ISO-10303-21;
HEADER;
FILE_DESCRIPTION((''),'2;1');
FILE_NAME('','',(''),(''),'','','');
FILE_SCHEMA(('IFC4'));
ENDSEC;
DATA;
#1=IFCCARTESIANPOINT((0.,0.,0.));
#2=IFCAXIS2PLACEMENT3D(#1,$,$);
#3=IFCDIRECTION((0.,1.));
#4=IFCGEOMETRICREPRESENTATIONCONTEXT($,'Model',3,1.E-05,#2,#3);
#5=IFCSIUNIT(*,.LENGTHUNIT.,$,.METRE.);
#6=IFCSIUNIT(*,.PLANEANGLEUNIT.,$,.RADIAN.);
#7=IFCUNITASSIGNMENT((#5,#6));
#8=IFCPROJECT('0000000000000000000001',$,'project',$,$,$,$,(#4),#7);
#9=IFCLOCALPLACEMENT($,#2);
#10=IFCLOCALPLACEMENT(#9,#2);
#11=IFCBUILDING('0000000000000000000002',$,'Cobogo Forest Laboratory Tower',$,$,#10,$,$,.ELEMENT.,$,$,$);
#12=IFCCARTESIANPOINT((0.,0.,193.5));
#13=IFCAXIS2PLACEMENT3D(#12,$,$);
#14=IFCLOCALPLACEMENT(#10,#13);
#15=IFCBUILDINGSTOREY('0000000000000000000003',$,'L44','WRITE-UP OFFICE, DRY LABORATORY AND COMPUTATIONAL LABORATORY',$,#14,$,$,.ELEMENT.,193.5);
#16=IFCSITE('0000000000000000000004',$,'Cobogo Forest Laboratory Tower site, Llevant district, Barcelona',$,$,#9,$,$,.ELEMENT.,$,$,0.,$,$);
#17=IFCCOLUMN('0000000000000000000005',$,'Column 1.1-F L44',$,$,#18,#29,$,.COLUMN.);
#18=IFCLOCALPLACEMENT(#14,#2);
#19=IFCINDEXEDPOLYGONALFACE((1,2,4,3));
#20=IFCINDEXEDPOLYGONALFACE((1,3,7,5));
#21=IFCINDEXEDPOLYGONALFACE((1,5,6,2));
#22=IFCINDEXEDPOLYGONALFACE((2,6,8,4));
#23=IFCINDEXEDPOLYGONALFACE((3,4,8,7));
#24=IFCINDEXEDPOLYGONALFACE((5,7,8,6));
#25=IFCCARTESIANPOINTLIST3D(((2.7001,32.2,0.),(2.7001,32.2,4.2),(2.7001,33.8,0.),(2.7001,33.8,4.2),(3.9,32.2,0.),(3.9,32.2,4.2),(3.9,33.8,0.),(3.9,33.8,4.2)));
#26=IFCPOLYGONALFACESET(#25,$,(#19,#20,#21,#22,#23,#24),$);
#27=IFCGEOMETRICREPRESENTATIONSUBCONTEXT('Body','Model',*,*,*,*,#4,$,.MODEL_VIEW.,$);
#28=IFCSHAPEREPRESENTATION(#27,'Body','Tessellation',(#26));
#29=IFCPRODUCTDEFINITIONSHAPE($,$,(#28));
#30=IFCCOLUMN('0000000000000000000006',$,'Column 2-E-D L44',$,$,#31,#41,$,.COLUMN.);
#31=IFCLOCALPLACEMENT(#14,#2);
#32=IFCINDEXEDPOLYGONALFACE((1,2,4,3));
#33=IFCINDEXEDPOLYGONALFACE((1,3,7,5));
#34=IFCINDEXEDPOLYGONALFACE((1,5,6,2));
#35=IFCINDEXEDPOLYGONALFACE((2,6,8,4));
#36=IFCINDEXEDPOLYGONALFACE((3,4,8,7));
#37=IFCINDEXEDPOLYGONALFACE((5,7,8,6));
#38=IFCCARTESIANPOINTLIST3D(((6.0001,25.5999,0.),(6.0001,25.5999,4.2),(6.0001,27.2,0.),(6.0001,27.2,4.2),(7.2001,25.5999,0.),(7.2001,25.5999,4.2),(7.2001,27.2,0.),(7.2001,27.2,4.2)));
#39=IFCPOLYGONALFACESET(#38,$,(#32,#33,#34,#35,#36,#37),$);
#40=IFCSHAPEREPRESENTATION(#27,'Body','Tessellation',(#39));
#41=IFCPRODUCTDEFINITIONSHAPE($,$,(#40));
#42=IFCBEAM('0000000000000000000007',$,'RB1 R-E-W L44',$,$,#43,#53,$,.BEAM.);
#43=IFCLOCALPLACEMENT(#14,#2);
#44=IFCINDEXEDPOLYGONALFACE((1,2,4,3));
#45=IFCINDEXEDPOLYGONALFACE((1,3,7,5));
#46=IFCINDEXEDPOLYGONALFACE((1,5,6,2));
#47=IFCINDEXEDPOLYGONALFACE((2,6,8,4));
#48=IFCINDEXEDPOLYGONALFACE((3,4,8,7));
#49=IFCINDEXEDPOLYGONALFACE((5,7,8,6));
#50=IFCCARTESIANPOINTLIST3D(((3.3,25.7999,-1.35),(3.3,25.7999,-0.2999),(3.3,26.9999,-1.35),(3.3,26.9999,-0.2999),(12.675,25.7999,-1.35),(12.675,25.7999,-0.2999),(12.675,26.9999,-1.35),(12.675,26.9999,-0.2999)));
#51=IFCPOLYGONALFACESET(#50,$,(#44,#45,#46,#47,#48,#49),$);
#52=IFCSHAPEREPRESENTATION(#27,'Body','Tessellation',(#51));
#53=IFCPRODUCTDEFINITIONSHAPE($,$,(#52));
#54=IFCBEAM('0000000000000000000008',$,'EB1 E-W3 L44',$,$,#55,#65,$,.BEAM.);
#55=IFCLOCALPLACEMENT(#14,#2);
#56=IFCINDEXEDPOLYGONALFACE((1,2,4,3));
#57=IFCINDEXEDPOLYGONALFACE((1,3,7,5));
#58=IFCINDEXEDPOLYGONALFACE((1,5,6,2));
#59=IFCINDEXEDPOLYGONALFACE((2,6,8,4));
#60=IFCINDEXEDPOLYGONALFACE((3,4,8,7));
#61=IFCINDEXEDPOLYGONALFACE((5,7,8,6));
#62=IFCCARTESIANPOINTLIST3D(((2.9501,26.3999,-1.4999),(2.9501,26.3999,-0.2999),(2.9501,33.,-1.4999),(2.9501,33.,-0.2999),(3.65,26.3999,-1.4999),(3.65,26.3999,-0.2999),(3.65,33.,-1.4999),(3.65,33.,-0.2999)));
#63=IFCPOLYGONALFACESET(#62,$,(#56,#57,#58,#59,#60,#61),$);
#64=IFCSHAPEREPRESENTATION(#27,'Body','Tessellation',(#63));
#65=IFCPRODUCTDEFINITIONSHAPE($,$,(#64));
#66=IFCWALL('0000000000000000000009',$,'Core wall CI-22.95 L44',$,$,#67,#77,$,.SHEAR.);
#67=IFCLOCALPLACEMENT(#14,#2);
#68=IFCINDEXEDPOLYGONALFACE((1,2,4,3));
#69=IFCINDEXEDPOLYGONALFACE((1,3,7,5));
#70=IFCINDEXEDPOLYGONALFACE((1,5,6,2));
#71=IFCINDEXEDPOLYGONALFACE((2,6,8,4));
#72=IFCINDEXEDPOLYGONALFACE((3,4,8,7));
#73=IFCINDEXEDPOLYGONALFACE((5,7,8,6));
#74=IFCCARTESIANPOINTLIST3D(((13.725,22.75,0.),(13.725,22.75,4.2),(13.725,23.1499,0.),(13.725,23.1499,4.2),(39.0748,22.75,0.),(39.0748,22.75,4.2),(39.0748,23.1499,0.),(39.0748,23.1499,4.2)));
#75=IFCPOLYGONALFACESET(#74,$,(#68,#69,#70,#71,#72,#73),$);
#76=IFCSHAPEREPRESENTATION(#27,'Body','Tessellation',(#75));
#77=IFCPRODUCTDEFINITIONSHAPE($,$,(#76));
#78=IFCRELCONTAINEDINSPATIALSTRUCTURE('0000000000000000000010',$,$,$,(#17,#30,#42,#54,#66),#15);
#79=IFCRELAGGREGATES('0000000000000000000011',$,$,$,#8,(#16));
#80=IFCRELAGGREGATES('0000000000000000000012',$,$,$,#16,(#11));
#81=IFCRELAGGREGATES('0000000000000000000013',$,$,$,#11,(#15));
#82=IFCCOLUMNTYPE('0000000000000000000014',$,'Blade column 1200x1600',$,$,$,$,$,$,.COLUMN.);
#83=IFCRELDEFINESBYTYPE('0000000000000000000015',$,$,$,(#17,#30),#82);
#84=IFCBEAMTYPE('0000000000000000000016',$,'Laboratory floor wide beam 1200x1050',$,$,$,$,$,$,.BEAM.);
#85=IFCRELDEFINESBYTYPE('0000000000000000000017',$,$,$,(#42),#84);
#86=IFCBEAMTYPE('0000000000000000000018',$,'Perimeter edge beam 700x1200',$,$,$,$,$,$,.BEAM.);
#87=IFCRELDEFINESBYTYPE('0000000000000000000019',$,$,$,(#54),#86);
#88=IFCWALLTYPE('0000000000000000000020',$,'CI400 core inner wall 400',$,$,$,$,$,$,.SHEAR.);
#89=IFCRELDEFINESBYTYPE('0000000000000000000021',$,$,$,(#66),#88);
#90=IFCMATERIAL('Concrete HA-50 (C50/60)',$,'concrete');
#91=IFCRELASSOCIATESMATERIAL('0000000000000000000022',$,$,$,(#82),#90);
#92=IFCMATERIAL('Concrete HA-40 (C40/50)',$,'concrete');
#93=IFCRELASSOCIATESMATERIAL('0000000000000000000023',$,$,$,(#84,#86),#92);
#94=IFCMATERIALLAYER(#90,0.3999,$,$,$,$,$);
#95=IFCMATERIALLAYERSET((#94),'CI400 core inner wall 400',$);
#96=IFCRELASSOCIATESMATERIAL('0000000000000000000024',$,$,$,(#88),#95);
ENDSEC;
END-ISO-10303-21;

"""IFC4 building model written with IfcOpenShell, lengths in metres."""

from ifc_helpers import new_model, si_unit, direction, frame, frame_2d, origin, origin_2d, place, context, subcontext, project, spatial, rectangle, extrude, material, layer, layer_set, material_profile, profile_set, type_object, element, save


model = new_model("IFC4")

# Units and contexts
model_context = context("Model", 3, precision=1e-05, world=origin(), true_north=direction((0.0, 1.0)))
body_context = subcontext(model_context, "Body", "Model", "MODEL_VIEW")
ifc_project = project(units=[si_unit("LENGTHUNIT", "METRE"), si_unit("PLANEANGLEUNIT", "RADIAN")], contexts=[model_context])

# Site, building, storey
site_placement = place(None, origin())
site = spatial("IfcSite", under=ifc_project, at=site_placement, Name="Cobogo Forest Laboratory Tower site, Llevant district, Barcelona", CompositionType="ELEMENT", RefElevation=0.0)
building_placement = place(site_placement, origin())
building = spatial("IfcBuilding", under=site, at=building_placement, Name="Cobogo Forest Laboratory Tower", CompositionType="ELEMENT")
storey_placement = place(building_placement, frame((0.0, 0.0, 193.5)))
storey = spatial("IfcBuildingStorey", under=building, at=storey_placement, Name="L44", Description="WRITE-UP OFFICE, DRY LABORATORY AND COMPUTATIONAL LABORATORY", CompositionType="ELEMENT", Elevation=193.5)

# Columns
ifc_material_1 = material(Name="Concrete HA-50 (C50/60)", Category="concrete")
ifc_material_profile_1 = material_profile(ifc_material_1, rectangle(XDim=1.6001, YDim=1.2, at=origin_2d()), Name="RC 1200x1600")
ifc_profile_set_1 = profile_set([ifc_material_profile_1], Name="Concrete HA-50 (C50/60)")
column_type = type_object("IfcColumnType", Name="Blade column 1200x1600", PredefinedType="COLUMN", material=ifc_profile_set_1)
for number, where, z_axis, x_axis, name in (
    (1, (3.3, 33.0, 0.0), (0.0, 0.0, 1.0), (0.0, 1.0, 0.0), "Column 1.1-F L44"),
    (2, (6.6001, 26.3999, 0.0), (0.0, 0.0, 1.0), (0.0, 1.0, 0.0), "Column 2-E-D L44"),
):
    element("IfcColumn", number, at=place(storey_placement, frame(where, z_axis=z_axis, x_axis=x_axis)), inside=storey, type_object=column_type, Name=name, PredefinedType="COLUMN", context=body_context, shape_type="SweptSolid", body=[
        extrude(rectangle(XDim=1.6001, YDim=1.2, at=origin_2d()), origin(), (0.0, 0.0, 1.0), 4.2),
    ])

# Beams
ifc_material_2 = material(Name="Concrete HA-40 (C40/50)", Category="concrete")
ifc_material_profile_2 = material_profile(ifc_material_2, rectangle(XDim=1.2, YDim=1.05, at=origin_2d()), Name="RC 1200x1050")
ifc_profile_set_2 = profile_set([ifc_material_profile_2], Name="Concrete HA-40 (C40/50)")
beam_type_1 = type_object("IfcBeamType", Name="Laboratory floor wide beam 1200x1050", PredefinedType="BEAM", material=ifc_profile_set_2)
beam_1_placement = place(storey_placement, frame((12.675, 26.3999, -0.825), z_axis=(-1.0, 0.0, 0.0), x_axis=(0.0, -1.0, 0.0)))
element("IfcBeam", 3, at=beam_1_placement, inside=storey, type_object=beam_type_1, Name="RB1 R-E-W L44", PredefinedType="BEAM", context=body_context, shape_type="SweptSolid", body=[
    extrude(rectangle(XDim=1.2, YDim=1.05, at=origin_2d()), origin(), (0.0, 0.0, 1.0), 9.375),
])
ifc_material_profile_3 = material_profile(ifc_material_2, rectangle(XDim=0.7, YDim=1.2, at=origin_2d()), Name="RC 700x1200")
ifc_profile_set_3 = profile_set([ifc_material_profile_3], Name="Concrete HA-40 (C40/50)")
beam_type_2 = type_object("IfcBeamType", Name="Perimeter edge beam 700x1200", PredefinedType="BEAM", material=ifc_profile_set_3)
beam_2_placement = place(storey_placement, frame((3.3, 26.3999, -0.8999), z_axis=(0.0, 1.0, 0.0), x_axis=(-1.0, 0.0, 0.0)))
element("IfcBeam", 4, at=beam_2_placement, inside=storey, type_object=beam_type_2, Name="EB1 E-W3 L44", PredefinedType="BEAM", context=body_context, shape_type="SweptSolid", body=[
    extrude(rectangle(XDim=0.7, YDim=1.2, at=origin_2d()), origin(), (0.0, 0.0, 1.0), 6.6001),
])

# Wall
ifc_layer_1 = layer(ifc_material_1, 0.3999)
ifc_layer_set_1 = layer_set([ifc_layer_1], Name="CI400 core inner wall 400")
wall_type_1 = type_object("IfcWallType", Name="CI400 core inner wall 400", PredefinedType="SHEAR", material=ifc_layer_set_1)
wall_1_placement = place(storey_placement, frame((13.7251, 22.95, 0.0), z_axis=(0.0, 0.0, 1.0), x_axis=(1.0, 0.0, 0.0)))
element("IfcWall", 5, at=wall_1_placement, inside=storey, type_object=wall_type_1, Name="Core wall CI-22.95 L44", PredefinedType="SHEAR", context=body_context, shape_type="SweptSolid", body=[
    extrude(rectangle(XDim=25.3499, YDim=0.3999, at=frame_2d((12.6748, 0.0))), origin(), (0.0, 0.0, 1.0), 4.2),
])

save(model, "model.ifc")
